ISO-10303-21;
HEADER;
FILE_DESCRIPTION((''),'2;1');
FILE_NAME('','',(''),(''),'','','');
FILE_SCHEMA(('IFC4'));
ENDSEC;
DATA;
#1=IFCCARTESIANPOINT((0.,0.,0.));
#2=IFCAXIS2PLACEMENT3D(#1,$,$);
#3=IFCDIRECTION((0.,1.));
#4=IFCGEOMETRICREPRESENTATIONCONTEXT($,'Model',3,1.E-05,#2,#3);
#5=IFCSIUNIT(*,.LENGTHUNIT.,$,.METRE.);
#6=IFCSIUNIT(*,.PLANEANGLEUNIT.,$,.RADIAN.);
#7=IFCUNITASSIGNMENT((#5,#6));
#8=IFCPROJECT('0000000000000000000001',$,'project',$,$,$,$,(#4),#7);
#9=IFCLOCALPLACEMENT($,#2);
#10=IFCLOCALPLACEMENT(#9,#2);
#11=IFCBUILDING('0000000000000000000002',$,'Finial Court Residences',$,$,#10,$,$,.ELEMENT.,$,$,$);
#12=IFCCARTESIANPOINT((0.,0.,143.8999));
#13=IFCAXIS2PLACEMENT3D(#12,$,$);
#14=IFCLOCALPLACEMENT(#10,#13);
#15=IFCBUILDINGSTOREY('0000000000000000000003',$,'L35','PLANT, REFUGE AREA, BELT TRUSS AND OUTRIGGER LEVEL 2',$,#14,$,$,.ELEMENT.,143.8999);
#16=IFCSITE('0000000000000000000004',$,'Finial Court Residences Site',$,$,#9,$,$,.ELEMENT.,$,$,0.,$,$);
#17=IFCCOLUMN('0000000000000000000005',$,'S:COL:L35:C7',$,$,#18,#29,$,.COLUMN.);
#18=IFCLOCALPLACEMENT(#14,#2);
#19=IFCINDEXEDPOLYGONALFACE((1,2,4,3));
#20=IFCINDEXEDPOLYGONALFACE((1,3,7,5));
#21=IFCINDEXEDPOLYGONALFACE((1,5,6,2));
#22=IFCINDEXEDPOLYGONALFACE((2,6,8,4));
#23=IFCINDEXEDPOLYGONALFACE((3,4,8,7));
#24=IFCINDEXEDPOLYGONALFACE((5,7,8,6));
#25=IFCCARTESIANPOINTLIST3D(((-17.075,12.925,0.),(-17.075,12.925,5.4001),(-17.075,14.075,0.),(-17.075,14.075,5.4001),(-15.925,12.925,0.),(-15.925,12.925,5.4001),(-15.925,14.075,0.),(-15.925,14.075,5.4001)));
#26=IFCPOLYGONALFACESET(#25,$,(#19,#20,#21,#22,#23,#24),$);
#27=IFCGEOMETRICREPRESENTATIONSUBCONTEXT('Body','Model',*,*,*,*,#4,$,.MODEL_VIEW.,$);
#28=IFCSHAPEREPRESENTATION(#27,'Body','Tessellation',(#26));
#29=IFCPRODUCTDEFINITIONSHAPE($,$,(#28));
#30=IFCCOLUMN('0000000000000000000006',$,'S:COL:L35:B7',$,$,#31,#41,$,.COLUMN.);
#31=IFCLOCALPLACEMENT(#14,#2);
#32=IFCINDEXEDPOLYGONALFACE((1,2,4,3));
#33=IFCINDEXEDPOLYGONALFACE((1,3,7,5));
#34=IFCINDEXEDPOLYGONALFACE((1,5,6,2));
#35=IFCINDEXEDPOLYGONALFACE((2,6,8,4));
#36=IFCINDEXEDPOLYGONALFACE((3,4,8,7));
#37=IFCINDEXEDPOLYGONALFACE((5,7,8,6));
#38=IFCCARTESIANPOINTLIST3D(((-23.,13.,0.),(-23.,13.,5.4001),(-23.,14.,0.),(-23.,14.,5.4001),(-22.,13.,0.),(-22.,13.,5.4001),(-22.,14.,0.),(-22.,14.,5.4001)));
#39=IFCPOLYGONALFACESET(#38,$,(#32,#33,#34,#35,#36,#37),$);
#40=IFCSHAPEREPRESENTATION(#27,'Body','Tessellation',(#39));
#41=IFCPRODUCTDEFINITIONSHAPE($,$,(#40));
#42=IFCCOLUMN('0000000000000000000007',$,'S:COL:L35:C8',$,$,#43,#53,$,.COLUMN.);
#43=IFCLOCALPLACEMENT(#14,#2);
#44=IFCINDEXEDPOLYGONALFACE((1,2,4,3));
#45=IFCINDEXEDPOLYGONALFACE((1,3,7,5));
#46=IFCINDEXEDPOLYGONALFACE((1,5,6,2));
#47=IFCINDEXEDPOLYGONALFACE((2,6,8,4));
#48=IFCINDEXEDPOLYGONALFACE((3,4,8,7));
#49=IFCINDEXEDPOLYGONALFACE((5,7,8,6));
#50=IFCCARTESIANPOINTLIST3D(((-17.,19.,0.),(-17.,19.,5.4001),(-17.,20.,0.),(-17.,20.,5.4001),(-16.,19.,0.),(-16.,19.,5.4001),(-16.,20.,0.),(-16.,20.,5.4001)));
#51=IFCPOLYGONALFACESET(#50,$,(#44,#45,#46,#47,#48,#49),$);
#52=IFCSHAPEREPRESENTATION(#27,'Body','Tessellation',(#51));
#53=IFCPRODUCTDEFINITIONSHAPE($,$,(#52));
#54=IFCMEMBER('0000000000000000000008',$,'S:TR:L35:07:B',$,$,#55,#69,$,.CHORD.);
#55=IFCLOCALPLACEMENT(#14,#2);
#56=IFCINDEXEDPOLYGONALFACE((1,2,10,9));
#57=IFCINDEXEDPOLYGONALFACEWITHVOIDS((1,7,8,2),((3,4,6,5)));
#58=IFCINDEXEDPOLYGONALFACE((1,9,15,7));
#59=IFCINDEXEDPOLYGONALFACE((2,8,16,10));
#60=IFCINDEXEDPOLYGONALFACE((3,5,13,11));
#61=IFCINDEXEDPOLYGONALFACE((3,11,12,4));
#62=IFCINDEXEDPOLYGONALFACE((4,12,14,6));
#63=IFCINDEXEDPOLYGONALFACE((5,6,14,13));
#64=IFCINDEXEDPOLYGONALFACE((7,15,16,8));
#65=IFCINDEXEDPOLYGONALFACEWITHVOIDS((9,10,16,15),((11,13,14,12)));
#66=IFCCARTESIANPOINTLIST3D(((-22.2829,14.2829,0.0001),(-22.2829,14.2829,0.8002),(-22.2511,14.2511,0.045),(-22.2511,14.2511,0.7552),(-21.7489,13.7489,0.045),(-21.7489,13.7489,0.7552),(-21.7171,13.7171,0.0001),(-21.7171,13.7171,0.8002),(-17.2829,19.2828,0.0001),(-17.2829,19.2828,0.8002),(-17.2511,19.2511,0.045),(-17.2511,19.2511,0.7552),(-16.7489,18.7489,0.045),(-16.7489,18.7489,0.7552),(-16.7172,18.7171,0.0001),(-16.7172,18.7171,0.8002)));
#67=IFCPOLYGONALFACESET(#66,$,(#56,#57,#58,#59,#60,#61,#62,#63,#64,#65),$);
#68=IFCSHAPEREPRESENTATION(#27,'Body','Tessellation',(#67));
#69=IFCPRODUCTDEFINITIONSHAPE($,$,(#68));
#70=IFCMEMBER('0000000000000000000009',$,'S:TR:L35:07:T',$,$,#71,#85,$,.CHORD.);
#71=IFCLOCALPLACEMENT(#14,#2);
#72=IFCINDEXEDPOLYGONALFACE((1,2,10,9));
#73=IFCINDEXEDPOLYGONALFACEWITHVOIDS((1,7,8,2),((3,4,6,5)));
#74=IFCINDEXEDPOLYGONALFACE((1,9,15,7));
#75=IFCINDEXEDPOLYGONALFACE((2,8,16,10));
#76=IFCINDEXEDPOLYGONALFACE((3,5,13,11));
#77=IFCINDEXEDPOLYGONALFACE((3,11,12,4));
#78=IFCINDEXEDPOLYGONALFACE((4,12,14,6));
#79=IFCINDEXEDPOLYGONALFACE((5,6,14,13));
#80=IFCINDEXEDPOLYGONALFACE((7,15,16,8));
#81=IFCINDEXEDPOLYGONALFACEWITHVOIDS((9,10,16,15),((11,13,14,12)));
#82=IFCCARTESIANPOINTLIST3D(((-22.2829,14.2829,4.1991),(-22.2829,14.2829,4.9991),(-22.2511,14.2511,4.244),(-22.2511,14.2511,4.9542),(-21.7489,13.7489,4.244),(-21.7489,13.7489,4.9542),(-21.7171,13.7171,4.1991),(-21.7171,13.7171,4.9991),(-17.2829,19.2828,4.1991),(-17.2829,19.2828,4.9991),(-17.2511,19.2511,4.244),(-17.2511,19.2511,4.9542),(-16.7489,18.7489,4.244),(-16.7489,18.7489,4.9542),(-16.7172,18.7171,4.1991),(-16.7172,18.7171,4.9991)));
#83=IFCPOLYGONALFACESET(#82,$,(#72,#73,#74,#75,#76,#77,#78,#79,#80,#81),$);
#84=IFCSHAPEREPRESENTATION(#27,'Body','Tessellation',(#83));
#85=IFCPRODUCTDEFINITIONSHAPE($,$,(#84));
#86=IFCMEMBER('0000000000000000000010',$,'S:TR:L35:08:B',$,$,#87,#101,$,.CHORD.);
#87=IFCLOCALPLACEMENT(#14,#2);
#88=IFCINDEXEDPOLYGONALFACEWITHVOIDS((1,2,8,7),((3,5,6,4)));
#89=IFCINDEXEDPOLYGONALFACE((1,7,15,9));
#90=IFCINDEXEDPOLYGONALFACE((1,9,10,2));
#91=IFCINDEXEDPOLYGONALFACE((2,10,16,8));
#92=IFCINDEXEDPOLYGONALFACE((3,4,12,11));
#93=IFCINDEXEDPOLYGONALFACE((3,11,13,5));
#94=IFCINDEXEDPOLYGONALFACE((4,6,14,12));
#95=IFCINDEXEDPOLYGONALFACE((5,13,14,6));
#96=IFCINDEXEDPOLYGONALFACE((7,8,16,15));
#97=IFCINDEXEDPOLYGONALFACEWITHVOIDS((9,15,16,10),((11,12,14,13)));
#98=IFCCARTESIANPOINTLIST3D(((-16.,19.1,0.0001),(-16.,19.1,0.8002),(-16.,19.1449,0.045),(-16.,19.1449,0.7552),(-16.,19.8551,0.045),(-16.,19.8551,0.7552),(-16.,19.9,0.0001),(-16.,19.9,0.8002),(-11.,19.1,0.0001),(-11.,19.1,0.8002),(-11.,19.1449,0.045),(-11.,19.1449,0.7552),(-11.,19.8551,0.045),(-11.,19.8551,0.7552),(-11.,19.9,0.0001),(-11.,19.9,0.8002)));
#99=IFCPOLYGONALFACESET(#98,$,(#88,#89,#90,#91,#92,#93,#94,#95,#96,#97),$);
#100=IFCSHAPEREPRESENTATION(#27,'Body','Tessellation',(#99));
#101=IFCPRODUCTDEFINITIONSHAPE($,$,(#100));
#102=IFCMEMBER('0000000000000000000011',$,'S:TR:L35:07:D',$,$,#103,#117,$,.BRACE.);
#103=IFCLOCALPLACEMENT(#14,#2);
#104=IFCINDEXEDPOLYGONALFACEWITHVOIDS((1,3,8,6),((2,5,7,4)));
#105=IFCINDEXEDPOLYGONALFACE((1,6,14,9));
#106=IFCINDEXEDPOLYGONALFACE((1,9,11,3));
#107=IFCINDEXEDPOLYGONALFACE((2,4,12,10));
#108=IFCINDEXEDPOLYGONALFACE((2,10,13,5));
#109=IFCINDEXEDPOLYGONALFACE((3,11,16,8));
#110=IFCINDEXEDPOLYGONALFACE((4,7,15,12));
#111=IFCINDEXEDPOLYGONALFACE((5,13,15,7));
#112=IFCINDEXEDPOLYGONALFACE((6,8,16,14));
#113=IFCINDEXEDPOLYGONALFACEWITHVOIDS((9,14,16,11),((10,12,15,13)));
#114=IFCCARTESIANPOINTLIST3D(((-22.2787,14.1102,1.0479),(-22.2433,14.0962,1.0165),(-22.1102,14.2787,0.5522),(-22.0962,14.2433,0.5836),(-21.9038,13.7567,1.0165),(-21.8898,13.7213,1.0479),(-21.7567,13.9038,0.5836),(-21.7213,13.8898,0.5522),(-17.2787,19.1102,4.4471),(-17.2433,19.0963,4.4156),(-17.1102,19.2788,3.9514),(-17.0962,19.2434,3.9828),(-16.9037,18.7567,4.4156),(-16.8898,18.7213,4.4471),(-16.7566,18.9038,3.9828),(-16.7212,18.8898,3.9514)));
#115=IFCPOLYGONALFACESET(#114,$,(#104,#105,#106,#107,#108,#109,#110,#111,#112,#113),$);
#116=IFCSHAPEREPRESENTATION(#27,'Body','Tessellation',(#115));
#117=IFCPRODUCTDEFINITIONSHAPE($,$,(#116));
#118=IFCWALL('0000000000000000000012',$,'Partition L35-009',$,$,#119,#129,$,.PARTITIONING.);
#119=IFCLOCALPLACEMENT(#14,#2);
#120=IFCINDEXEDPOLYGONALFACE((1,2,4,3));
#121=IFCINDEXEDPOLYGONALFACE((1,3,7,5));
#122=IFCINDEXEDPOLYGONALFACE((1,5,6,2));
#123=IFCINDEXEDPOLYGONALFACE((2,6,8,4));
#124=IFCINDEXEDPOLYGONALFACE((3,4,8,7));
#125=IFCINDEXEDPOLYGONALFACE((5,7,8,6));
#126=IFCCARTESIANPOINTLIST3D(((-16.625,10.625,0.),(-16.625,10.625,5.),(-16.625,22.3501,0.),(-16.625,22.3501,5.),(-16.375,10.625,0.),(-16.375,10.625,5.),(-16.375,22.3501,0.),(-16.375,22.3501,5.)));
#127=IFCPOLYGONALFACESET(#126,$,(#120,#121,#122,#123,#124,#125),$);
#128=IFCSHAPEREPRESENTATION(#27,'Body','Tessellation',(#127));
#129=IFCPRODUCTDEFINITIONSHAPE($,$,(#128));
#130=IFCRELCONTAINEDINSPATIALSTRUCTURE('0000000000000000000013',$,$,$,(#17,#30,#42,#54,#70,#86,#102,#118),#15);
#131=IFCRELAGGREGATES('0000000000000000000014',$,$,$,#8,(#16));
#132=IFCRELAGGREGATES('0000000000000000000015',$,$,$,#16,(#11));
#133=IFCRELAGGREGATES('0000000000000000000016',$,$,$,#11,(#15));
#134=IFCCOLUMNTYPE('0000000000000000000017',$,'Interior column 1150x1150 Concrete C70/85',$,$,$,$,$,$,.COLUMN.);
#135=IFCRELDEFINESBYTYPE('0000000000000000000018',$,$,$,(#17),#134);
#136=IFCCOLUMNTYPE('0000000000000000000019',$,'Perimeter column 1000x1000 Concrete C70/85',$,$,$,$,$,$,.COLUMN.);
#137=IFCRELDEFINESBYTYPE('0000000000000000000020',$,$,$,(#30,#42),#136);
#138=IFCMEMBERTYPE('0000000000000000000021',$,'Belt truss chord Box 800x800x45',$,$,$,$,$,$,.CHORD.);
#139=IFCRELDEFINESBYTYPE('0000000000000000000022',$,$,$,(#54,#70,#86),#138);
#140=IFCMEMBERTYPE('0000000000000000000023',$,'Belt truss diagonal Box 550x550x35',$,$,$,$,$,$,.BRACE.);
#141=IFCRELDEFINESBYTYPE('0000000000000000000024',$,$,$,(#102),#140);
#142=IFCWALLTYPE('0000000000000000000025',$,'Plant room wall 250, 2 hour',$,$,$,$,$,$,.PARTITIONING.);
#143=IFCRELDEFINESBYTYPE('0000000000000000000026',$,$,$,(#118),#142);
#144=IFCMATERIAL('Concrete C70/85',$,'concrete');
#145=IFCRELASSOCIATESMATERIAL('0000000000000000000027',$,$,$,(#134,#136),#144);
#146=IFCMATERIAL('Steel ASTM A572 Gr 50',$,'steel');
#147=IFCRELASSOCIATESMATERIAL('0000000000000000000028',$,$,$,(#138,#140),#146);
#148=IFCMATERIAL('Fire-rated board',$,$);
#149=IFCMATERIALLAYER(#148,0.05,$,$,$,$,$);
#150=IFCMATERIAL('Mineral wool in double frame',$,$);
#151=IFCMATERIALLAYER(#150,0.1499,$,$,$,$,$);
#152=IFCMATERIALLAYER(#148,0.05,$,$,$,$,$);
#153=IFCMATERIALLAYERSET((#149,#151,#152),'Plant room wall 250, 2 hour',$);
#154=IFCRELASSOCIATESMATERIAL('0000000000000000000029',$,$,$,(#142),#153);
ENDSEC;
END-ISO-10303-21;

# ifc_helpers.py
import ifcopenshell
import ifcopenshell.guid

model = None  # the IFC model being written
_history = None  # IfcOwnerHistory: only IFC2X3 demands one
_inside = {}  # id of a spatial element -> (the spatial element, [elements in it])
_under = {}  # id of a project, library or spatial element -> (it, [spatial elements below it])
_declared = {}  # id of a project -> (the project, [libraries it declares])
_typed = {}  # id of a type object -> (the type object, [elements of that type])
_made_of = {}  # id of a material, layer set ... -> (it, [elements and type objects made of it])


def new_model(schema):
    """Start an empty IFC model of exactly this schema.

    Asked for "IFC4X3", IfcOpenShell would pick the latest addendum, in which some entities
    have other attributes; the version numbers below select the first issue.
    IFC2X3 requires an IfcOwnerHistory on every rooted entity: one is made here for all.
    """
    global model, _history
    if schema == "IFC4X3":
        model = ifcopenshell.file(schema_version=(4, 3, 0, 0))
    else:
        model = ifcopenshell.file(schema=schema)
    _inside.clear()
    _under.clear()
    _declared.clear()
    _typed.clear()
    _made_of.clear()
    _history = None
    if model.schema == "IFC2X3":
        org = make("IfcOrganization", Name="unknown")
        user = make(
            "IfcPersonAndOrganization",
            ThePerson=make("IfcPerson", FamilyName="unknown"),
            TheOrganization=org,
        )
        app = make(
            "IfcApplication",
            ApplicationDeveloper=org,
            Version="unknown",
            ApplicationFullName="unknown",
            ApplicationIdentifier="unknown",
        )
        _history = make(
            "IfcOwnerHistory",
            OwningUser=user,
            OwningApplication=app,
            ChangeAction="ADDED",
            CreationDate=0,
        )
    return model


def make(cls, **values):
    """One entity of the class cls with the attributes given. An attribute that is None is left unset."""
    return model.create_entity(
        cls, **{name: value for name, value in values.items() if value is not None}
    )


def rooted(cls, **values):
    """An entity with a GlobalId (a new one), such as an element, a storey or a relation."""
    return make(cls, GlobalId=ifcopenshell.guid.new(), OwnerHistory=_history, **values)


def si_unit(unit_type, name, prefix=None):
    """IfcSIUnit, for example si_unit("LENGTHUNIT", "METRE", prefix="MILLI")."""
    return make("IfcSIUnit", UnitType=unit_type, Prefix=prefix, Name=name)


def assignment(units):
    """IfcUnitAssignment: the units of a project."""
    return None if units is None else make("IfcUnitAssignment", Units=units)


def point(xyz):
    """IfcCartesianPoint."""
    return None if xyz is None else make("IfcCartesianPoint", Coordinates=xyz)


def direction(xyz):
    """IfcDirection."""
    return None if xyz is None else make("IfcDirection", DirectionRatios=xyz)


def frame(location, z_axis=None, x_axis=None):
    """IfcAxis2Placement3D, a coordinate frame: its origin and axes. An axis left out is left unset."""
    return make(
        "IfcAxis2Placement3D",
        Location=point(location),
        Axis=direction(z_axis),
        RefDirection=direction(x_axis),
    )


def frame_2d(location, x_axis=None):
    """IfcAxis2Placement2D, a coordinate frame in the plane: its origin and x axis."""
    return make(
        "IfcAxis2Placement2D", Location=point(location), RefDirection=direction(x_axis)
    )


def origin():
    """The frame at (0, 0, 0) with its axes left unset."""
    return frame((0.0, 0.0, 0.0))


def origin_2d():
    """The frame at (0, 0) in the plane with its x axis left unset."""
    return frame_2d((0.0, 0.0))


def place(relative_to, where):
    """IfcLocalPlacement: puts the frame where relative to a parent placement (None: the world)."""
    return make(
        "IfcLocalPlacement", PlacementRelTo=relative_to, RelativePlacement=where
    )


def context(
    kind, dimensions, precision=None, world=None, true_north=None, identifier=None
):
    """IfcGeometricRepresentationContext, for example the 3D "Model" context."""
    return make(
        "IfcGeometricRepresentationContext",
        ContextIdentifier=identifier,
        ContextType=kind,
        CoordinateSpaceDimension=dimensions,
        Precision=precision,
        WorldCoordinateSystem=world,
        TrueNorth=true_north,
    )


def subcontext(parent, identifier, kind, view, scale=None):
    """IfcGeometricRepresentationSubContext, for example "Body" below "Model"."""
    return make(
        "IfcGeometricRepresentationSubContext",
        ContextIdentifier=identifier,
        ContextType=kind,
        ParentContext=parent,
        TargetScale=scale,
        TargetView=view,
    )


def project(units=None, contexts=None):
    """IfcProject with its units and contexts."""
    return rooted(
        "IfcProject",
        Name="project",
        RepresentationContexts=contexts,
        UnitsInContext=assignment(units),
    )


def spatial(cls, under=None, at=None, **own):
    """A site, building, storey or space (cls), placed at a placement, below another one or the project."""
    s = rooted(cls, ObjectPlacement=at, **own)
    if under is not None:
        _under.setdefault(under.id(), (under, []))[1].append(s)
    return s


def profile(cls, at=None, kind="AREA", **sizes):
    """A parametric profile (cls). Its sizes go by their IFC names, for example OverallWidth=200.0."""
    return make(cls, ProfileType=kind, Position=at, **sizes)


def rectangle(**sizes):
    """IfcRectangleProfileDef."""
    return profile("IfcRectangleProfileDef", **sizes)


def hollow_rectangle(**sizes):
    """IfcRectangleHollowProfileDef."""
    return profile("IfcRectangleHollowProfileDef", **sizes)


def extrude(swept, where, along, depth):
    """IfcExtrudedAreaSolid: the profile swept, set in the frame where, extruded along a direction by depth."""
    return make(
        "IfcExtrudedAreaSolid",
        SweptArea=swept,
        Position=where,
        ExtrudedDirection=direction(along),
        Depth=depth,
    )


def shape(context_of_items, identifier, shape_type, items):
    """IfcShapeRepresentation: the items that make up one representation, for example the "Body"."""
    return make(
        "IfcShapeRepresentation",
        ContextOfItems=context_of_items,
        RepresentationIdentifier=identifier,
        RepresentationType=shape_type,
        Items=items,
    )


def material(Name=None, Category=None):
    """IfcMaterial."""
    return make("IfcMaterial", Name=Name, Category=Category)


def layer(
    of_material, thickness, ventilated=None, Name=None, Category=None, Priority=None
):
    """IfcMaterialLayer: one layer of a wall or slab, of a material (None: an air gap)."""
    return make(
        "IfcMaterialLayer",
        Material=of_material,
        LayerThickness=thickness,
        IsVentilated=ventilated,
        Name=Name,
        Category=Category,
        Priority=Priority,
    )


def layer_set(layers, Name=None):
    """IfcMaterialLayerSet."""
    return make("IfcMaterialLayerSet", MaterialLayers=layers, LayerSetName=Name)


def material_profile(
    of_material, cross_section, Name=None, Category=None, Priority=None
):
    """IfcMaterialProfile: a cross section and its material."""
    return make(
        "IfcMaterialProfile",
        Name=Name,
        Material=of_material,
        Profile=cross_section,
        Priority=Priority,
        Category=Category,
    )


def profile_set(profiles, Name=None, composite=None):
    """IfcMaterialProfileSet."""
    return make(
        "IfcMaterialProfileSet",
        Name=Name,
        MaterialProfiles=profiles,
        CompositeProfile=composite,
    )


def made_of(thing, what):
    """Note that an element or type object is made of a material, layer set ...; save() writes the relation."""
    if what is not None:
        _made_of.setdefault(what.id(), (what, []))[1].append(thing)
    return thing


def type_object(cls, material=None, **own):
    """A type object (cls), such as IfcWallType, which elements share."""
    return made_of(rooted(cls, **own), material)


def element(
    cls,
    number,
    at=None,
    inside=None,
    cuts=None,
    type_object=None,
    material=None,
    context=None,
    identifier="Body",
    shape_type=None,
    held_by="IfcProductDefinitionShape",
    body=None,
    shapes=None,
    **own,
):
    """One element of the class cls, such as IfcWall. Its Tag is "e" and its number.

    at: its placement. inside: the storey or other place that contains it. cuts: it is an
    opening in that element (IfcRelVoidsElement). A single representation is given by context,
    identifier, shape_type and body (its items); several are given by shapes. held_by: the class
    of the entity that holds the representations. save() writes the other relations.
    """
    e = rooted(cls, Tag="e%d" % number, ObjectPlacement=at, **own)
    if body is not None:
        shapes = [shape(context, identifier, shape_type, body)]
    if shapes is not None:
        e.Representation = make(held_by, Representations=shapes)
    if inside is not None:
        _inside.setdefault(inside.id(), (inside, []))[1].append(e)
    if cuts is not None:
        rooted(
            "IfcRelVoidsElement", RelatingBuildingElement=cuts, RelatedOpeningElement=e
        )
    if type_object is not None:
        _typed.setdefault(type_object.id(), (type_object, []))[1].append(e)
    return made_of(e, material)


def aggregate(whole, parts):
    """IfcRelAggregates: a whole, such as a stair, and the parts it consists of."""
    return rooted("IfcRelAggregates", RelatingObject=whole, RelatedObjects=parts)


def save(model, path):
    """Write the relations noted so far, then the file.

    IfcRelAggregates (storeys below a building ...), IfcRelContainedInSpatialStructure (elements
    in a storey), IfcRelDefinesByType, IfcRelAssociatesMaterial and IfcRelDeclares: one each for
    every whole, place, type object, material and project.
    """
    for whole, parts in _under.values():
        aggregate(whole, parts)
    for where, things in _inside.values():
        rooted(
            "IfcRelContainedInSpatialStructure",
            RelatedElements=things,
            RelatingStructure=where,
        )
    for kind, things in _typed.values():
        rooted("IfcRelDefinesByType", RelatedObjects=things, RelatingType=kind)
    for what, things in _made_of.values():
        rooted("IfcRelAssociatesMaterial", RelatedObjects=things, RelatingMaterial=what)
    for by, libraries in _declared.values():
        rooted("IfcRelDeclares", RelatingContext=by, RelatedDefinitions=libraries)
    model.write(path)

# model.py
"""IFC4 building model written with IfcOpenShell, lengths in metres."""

from ifc_helpers import new_model, si_unit, direction, frame, frame_2d, origin, origin_2d, place, context, subcontext, project, spatial, rectangle, hollow_rectangle, extrude, material, layer, layer_set, material_profile, profile_set, type_object, element, save


model = new_model("IFC4")

# Units and contexts
model_context = context("Model", 3, precision=1e-05, world=origin(), true_north=direction((0.0, 1.0)))
body_context = subcontext(model_context, "Body", "Model", "MODEL_VIEW")
ifc_project = project(units=[si_unit("LENGTHUNIT", "METRE"), si_unit("PLANEANGLEUNIT", "RADIAN")], contexts=[model_context])

# Site, building, storey
site_placement = place(None, origin())
site = spatial("IfcSite", under=ifc_project, at=site_placement, Name="Finial Court Residences Site", CompositionType="ELEMENT", RefElevation=0.0)
building_placement = place(site_placement, origin())
building = spatial("IfcBuilding", under=site, at=building_placement, Name="Finial Court Residences", CompositionType="ELEMENT")
storey_placement = place(building_placement, frame((0.0, 0.0, 143.8999)))
storey = spatial("IfcBuildingStorey", under=building, at=storey_placement, Name="L35", Description="PLANT, REFUGE AREA, BELT TRUSS AND OUTRIGGER LEVEL 2", CompositionType="ELEMENT", Elevation=143.8999)

# Columns
ifc_material_1 = material(Name="Concrete C70/85", Category="concrete")
ifc_material_profile_1 = material_profile(ifc_material_1, rectangle(XDim=1.1499, YDim=1.1499, at=origin_2d()), Name="1150x1150")
ifc_profile_set_1 = profile_set([ifc_material_profile_1], Name="Concrete C70/85")
column_type_1 = type_object("IfcColumnType", Name="Interior column 1150x1150 Concrete C70/85", PredefinedType="COLUMN", material=ifc_profile_set_1)
column_placement = place(storey_placement, frame((-16.5, 13.5, 0.0), z_axis=(0.0, 0.0, 1.0), x_axis=(1.0, 0.0, 0.0)))
element("IfcColumn", 1, at=column_placement, inside=storey, type_object=column_type_1, Name="S:COL:L35:C7", PredefinedType="COLUMN", context=body_context, shape_type="SweptSolid", body=[
    extrude(rectangle(XDim=1.1499, YDim=1.1499, at=origin_2d()), origin(), (0.0, 0.0, 1.0), 5.4001),
])
ifc_material_profile_2 = material_profile(ifc_material_1, rectangle(XDim=1.0, YDim=1.0, at=origin_2d()), Name="1000x1000")
ifc_profile_set_2 = profile_set([ifc_material_profile_2], Name="Concrete C70/85")
column_type_2 = type_object("IfcColumnType", Name="Perimeter column 1000x1000 Concrete C70/85", PredefinedType="COLUMN", material=ifc_profile_set_2)
for number, where, z_axis, x_axis, name in (
    (2, (-22.5, 13.5, 0.0), (0.0, 0.0, 1.0), (1.0, 0.0, 0.0), "S:COL:L35:B7"),
    (3, (-16.5, 19.5, 0.0), (0.0, 0.0, 1.0), (1.0, 0.0, 0.0), "S:COL:L35:C8"),
):
    element("IfcColumn", number, at=place(storey_placement, frame(where, z_axis=z_axis, x_axis=x_axis)), inside=storey, type_object=column_type_2, Name=name, PredefinedType="COLUMN", context=body_context, shape_type="SweptSolid", body=[
        extrude(rectangle(XDim=1.0, YDim=1.0, at=origin_2d()), origin(), (0.0, 0.0, 1.0), 5.4001),
    ])

# Members
ifc_material_2 = material(Name="Steel ASTM A572 Gr 50", Category="steel")
ifc_material_profile_3 = material_profile(ifc_material_2, hollow_rectangle(XDim=0.8, YDim=0.8, WallThickness=0.0449, at=origin_2d()), Name="Box 800x800x45")
ifc_profile_set_3 = profile_set([ifc_material_profile_3], Name="Steel ASTM A572 Gr 50")
member_type_1 = type_object("IfcMemberType", Name="Belt truss chord Box 800x800x45", PredefinedType="CHORD", material=ifc_profile_set_3)
for number, where, z_axis, x_axis, name in (
    (4, (-22.0, 14.0, 0.4001), (0.707107, 0.707107, 0.0), (-0.707107, 0.707107, 0.0), "S:TR:L35:07:B"),
    (5, (-22.0, 14.0, 4.5991), (0.707107, 0.707107, 0.0), (-0.707107, 0.707107, 0.0), "S:TR:L35:07:T"),
):
    element("IfcMember", number, at=place(storey_placement, frame(where, z_axis=z_axis, x_axis=x_axis)), inside=storey, type_object=member_type_1, Name=name, PredefinedType="CHORD", context=body_context, shape_type="SweptSolid", body=[
        extrude(hollow_rectangle(XDim=0.8, YDim=0.8, WallThickness=0.0449, at=origin_2d()), origin(), (0.0, 0.0, 1.0), 7.071),
    ])
member_1_placement = place(storey_placement, frame((-16.0, 19.5, 0.4001), z_axis=(1.0, 0.0, 0.0), x_axis=(0.0, 1.0, 0.0)))
element("IfcMember", 6, at=member_1_placement, inside=storey, type_object=member_type_1, Name="S:TR:L35:08:B", PredefinedType="CHORD", context=body_context, shape_type="SweptSolid", body=[
    extrude(hollow_rectangle(XDim=0.8, YDim=0.8, WallThickness=0.0449, at=origin_2d()), origin(), (0.0, 0.0, 1.0), 5.0),
])
ifc_material_profile_4 = material_profile(ifc_material_2, hollow_rectangle(XDim=0.55, YDim=0.55, WallThickness=0.0349, at=origin_2d()), Name="Box 550x550x35")
ifc_profile_set_4 = profile_set([ifc_material_profile_4], Name="Steel ASTM A572 Gr 50")
member_type_2 = type_object("IfcMemberType", Name="Belt truss diagonal Box 550x550x35", PredefinedType="BRACE", material=ifc_profile_set_4)
member_2_placement = place(storey_placement, frame((-22.0, 14.0, 0.8), z_axis=(0.637295, 0.637295, 0.433255), x_axis=(-0.707107, 0.707107, 0.0)))
element("IfcMember", 7, at=member_2_placement, inside=storey, type_object=member_type_2, Name="S:TR:L35:07:D", PredefinedType="BRACE", context=body_context, shape_type="SweptSolid", body=[
    extrude(hollow_rectangle(XDim=0.55, YDim=0.55, WallThickness=0.0349, at=origin_2d()), origin(), (0.0, 0.0, 1.0), 7.8457),
])

# Wall
ifc_material_3 = material(Name="Fire-rated board")
ifc_layer_1 = layer(ifc_material_3, 0.05)
ifc_material_4 = material(Name="Mineral wool in double frame")
ifc_layer_2 = layer(ifc_material_4, 0.1499)
ifc_layer_3 = layer(ifc_material_3, 0.05)
ifc_layer_set_1 = layer_set([ifc_layer_1, ifc_layer_2, ifc_layer_3], Name="Plant room wall 250, 2 hour")
wall_type_1 = type_object("IfcWallType", Name="Plant room wall 250, 2 hour", PredefinedType="PARTITIONING", material=ifc_layer_set_1)
wall_1_placement = place(storey_placement, frame((-16.5, 10.625, 0.0), z_axis=(0.0, 0.0, 1.0), x_axis=(0.0, 1.0, 0.0)))
element("IfcWall", 8, at=wall_1_placement, inside=storey, type_object=wall_type_1, Name="Partition L35-009", PredefinedType="PARTITIONING", context=body_context, shape_type="SweptSolid", body=[
    extrude(rectangle(XDim=11.7251, YDim=0.25, at=frame_2d((5.8625, 0.0))), origin(), (0.0, 0.0, 1.0), 5.0),
])

save(model, "model.ifc")
